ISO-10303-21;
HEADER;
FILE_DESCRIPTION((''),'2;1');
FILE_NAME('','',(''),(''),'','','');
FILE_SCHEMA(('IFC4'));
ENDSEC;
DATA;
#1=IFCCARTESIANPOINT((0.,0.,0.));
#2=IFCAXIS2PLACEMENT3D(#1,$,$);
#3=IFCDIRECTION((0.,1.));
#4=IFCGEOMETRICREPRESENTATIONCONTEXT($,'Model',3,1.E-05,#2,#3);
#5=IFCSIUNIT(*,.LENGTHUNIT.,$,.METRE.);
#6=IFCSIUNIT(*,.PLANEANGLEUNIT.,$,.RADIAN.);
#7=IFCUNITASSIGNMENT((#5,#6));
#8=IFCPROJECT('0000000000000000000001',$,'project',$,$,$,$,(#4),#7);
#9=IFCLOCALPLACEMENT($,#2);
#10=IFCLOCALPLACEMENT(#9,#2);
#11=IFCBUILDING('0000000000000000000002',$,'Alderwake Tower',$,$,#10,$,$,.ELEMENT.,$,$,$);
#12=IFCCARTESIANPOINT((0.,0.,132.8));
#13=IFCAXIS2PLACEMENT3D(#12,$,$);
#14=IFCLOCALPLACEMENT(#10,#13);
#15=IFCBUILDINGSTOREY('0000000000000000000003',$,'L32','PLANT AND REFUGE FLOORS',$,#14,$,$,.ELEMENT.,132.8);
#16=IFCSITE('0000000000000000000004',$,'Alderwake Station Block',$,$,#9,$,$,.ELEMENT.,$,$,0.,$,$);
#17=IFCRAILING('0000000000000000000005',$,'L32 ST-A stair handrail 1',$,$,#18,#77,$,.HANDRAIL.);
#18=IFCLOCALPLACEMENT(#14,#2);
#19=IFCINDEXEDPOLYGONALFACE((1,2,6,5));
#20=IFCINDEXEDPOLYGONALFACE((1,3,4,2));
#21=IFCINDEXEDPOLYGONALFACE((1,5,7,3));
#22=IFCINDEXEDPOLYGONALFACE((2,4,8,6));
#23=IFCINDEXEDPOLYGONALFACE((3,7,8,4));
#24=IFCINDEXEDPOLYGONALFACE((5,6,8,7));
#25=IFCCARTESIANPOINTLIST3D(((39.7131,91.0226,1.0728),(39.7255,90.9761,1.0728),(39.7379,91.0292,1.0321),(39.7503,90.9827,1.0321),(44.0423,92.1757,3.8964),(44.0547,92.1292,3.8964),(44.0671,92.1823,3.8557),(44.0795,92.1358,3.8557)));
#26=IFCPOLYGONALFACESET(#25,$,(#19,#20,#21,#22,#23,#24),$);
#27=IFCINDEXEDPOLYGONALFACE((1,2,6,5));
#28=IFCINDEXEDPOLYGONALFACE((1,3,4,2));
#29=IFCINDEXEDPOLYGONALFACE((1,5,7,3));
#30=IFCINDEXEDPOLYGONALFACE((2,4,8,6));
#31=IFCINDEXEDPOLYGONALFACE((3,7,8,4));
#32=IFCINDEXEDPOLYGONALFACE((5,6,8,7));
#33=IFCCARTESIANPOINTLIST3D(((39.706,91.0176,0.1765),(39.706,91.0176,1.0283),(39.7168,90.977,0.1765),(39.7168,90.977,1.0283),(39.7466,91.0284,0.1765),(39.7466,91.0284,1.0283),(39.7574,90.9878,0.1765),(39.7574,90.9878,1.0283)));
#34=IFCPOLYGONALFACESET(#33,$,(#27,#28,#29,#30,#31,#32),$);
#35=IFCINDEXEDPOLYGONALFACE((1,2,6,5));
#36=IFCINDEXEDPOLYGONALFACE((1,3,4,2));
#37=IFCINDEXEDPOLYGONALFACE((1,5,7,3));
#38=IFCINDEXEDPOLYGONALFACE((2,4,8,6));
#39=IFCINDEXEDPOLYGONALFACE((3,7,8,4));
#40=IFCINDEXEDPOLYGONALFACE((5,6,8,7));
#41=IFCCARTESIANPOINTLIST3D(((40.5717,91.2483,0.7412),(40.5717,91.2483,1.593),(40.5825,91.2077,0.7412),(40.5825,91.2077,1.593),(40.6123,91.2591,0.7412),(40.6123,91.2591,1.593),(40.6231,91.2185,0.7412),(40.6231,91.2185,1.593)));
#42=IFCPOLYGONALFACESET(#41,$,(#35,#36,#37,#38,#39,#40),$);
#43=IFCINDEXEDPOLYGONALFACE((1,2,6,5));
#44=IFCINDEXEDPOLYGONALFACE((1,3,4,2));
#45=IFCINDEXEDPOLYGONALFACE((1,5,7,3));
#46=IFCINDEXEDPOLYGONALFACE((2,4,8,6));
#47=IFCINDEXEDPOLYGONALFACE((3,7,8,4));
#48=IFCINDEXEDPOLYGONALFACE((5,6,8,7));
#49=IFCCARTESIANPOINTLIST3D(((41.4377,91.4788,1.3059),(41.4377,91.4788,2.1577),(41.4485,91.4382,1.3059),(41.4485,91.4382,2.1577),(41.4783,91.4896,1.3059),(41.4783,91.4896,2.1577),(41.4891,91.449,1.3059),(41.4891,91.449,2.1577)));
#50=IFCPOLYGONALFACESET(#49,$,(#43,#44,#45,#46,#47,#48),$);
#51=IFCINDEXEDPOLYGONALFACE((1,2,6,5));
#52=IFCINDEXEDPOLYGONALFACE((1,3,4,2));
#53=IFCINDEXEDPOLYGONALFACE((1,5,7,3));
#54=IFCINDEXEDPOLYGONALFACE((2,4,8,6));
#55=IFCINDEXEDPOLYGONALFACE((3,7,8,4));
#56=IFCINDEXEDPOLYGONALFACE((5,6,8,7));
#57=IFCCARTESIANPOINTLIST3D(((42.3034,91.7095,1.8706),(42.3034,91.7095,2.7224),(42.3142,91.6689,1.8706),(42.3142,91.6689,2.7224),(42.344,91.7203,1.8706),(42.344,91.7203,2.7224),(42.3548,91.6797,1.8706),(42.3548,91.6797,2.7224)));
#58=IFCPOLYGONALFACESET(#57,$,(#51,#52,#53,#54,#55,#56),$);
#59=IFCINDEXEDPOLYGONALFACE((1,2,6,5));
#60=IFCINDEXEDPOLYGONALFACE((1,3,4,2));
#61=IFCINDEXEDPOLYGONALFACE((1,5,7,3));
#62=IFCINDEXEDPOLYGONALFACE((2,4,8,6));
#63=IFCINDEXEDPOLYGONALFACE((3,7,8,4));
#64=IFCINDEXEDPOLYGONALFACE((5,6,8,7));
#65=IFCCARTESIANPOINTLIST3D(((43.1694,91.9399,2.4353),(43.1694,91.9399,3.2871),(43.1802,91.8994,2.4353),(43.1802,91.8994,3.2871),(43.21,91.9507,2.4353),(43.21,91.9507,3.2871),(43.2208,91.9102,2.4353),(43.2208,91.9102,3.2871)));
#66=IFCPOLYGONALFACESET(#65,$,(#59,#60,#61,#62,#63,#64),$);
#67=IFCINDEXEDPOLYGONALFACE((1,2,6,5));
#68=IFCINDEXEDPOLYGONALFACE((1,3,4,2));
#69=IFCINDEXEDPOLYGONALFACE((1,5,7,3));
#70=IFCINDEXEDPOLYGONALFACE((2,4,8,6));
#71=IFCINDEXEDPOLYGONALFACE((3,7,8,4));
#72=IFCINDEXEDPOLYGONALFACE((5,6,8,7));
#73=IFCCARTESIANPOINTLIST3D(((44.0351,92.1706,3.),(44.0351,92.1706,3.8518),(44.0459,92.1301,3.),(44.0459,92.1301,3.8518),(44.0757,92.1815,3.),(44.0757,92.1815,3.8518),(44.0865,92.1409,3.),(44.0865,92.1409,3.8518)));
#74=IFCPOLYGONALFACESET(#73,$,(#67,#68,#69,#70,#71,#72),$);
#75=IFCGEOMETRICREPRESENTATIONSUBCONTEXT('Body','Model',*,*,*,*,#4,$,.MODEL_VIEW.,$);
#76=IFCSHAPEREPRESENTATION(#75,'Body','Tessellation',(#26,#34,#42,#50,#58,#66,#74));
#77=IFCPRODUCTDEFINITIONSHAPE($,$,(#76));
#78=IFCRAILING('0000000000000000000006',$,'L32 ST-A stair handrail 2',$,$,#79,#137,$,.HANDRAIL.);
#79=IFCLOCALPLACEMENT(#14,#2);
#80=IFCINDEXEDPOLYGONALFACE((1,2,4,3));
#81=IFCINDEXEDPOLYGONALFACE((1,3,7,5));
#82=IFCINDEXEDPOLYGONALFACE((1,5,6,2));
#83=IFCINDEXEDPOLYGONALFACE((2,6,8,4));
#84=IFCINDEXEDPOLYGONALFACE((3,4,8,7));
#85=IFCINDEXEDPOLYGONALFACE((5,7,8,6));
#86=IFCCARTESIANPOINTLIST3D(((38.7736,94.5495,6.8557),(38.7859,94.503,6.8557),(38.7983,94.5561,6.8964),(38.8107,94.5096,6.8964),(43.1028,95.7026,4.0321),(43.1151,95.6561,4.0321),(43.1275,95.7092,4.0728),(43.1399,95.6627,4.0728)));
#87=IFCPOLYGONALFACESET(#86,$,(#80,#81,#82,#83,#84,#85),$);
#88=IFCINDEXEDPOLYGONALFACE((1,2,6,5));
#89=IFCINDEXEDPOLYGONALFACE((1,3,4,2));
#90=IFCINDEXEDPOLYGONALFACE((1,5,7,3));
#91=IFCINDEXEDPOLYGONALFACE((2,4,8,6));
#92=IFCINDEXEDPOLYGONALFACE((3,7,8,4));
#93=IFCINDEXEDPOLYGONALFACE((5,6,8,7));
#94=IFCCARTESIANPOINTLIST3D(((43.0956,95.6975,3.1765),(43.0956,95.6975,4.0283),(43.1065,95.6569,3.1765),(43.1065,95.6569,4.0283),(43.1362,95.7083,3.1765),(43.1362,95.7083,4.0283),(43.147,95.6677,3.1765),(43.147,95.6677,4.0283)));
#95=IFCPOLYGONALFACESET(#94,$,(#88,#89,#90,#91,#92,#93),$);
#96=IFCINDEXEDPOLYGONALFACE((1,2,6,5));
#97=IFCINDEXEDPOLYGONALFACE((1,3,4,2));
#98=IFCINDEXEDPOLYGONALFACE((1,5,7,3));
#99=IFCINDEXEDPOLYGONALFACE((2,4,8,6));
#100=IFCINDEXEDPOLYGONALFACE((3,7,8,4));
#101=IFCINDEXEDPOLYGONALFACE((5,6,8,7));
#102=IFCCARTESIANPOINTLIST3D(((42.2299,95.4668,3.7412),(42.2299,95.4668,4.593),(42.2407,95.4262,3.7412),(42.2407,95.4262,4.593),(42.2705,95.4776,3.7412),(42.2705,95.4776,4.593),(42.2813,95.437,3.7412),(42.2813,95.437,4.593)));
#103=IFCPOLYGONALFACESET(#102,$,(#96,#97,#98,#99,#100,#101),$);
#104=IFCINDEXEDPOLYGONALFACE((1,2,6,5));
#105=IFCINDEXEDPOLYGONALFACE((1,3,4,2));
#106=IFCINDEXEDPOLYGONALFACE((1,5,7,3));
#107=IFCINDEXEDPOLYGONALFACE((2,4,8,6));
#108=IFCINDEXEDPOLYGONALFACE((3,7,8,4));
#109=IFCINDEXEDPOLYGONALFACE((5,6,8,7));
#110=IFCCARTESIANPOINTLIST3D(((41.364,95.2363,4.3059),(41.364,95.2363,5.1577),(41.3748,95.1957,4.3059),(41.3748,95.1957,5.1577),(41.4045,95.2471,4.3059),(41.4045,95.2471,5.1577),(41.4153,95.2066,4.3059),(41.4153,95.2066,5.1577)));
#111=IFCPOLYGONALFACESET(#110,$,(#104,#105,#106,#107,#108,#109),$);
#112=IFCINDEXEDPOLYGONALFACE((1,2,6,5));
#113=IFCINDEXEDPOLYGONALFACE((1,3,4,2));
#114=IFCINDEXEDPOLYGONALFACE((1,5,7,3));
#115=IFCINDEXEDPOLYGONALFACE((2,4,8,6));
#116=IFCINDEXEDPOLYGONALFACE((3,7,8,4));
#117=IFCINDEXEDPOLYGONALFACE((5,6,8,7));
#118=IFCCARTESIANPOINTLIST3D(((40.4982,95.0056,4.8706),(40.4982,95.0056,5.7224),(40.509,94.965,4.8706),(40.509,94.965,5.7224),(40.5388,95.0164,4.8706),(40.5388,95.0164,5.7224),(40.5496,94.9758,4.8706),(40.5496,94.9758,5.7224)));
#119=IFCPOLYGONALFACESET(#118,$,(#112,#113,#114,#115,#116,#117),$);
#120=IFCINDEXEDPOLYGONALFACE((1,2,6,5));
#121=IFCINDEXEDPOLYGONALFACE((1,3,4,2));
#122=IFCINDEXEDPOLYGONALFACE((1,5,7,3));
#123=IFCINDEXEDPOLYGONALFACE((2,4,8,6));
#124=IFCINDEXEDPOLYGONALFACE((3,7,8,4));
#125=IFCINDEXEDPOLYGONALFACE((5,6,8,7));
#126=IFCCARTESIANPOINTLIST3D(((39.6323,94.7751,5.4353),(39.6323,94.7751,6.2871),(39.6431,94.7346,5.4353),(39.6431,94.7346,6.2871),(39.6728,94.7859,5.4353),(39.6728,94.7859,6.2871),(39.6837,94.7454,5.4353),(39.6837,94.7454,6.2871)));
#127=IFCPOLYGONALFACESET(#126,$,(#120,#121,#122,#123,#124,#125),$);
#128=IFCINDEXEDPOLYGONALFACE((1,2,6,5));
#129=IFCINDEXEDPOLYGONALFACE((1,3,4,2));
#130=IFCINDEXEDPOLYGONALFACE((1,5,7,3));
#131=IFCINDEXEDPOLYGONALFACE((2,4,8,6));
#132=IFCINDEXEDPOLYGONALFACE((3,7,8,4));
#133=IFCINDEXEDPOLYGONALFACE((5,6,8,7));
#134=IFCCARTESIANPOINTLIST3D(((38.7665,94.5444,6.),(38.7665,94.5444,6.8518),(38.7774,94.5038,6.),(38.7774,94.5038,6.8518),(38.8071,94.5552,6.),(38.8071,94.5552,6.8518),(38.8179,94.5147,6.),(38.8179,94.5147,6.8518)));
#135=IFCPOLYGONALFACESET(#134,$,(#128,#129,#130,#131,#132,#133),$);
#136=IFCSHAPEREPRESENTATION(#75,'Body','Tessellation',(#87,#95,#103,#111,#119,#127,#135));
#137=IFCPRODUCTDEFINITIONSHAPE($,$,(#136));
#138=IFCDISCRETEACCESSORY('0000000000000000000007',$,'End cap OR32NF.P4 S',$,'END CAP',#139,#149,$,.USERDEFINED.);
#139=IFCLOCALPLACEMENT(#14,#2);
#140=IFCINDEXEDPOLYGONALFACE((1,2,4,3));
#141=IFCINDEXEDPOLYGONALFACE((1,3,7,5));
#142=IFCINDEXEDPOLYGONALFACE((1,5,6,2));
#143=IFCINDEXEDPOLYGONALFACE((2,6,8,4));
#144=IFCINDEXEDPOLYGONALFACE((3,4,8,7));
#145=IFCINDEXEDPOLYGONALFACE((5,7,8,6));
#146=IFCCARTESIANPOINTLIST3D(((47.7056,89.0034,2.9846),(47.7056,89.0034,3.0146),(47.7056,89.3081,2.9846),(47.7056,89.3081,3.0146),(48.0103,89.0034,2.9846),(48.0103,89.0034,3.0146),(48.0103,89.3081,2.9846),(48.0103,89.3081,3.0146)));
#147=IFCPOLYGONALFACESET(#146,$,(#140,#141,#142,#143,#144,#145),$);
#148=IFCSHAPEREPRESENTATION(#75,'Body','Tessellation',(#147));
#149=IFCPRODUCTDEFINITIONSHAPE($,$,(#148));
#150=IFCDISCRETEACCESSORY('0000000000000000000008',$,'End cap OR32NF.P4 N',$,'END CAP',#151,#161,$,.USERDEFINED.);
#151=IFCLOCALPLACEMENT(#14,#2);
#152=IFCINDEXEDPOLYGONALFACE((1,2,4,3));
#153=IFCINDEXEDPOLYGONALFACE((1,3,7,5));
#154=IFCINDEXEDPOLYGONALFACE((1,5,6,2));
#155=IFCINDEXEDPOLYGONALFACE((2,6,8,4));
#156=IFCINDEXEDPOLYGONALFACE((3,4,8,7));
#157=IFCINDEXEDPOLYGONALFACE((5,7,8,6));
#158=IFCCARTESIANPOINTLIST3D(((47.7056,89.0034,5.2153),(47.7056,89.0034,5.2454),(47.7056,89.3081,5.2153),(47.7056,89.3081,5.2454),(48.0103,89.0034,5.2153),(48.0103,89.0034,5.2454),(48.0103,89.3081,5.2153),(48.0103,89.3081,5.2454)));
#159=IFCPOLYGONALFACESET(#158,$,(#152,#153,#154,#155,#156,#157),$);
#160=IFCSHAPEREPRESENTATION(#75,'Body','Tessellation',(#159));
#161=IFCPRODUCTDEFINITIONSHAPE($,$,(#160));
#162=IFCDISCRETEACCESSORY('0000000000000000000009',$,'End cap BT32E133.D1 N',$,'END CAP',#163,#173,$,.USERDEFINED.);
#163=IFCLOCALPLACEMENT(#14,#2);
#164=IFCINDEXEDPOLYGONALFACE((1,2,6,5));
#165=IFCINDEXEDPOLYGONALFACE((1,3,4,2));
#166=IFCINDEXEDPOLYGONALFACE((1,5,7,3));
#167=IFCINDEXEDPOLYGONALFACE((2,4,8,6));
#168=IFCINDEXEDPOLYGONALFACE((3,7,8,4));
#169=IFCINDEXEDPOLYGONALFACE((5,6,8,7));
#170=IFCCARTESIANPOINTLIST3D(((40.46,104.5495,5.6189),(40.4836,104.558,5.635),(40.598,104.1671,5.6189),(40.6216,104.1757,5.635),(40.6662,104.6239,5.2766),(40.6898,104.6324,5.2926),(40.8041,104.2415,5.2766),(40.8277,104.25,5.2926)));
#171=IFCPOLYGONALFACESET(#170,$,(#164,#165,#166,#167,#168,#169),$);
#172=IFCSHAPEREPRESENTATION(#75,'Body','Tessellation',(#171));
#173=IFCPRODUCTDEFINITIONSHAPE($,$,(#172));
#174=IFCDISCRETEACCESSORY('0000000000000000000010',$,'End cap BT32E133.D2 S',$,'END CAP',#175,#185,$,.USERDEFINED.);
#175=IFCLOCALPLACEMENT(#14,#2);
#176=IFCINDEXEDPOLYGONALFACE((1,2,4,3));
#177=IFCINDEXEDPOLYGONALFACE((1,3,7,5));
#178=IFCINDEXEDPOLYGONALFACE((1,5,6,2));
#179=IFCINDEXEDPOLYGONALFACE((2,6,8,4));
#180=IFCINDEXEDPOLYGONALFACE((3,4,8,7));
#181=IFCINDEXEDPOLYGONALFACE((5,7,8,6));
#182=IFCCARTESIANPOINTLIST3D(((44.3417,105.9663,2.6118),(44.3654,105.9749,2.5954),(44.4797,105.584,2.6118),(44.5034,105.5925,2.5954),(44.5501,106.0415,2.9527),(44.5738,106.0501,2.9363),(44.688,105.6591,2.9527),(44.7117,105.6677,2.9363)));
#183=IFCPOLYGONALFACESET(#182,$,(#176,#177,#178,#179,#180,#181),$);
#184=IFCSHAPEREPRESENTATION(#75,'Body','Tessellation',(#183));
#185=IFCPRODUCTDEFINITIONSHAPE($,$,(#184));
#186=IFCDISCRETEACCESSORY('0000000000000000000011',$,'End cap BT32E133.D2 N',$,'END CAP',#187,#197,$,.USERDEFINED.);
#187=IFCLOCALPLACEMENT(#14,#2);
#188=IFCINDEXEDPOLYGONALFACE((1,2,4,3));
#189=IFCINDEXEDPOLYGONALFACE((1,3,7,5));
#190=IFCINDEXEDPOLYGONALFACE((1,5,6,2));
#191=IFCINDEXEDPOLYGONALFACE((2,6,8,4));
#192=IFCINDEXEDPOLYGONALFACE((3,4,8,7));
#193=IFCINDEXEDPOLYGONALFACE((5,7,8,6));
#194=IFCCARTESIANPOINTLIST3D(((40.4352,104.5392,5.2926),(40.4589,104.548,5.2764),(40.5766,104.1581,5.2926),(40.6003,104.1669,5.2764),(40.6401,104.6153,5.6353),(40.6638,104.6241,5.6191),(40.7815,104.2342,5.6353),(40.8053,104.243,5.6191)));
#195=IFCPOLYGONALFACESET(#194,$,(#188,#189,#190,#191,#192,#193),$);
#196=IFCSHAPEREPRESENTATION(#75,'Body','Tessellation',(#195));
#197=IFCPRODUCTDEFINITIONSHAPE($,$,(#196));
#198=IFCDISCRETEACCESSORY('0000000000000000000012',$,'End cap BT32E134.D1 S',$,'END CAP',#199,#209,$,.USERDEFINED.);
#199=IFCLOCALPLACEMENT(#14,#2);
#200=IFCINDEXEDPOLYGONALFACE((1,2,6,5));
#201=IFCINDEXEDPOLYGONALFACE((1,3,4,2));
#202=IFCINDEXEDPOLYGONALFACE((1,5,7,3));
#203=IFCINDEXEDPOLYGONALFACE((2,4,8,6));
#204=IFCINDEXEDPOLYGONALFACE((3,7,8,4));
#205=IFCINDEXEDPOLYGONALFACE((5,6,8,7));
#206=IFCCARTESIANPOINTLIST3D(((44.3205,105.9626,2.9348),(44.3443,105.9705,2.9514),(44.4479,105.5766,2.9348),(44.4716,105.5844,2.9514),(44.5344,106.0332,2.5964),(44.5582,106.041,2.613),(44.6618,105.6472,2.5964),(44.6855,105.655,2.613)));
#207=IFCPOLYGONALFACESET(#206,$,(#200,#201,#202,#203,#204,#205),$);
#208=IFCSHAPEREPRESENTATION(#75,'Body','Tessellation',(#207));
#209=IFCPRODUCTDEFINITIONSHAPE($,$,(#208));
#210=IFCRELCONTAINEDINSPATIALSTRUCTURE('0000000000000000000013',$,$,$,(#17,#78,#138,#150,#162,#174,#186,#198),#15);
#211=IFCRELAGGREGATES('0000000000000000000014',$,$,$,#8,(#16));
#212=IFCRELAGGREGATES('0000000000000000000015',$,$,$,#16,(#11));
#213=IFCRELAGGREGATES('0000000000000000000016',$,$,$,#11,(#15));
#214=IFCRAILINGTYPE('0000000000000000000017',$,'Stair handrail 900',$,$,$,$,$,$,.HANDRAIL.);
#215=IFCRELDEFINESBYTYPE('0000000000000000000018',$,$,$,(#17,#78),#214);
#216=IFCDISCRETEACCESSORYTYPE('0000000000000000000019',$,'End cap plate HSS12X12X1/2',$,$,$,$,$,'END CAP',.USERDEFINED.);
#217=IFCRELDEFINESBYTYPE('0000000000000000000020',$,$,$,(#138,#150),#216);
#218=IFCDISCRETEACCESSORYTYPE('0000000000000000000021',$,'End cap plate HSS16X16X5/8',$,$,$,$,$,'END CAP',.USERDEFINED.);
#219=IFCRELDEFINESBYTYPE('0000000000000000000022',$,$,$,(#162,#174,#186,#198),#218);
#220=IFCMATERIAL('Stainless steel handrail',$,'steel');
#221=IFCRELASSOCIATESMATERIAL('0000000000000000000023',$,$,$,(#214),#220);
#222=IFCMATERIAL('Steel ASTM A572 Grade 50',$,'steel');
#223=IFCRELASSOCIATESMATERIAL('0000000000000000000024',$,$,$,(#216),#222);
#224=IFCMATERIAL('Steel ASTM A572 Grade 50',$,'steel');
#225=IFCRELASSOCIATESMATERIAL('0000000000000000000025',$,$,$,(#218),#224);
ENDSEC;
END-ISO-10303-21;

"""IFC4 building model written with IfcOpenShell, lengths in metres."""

from ifc_helpers import new_model, si_unit, direction, frame, origin, origin_2d, place, context, subcontext, project, spatial, rectangle, extrude, material, material_profile, profile_set, type_object, element, save


model = new_model("IFC4")

# Units and contexts
model_context = context("Model", 3, precision=1e-05, world=origin(), true_north=direction((0.0, 1.0)))
body_context = subcontext(model_context, "Body", "Model", "MODEL_VIEW")
ifc_project = project(units=[si_unit("LENGTHUNIT", "METRE"), si_unit("PLANEANGLEUNIT", "RADIAN")], contexts=[model_context])

# Site, building, storey
site_placement = place(None, origin())
site = spatial("IfcSite", under=ifc_project, at=site_placement, Name="Alderwake Station Block", CompositionType="ELEMENT", RefElevation=0.0)
building_placement = place(site_placement, origin())
building = spatial("IfcBuilding", under=site, at=building_placement, Name="Alderwake Tower", CompositionType="ELEMENT")
storey_placement = place(building_placement, frame((0.0, 0.0, 132.8)))
storey = spatial("IfcBuildingStorey", under=building, at=storey_placement, Name="L32", Description="PLANT AND REFUGE FLOORS", CompositionType="ELEMENT", Elevation=132.8)

# Railings
ifc_material_1 = material(Name="Stainless steel handrail", Category="steel")
railing_type_1 = type_object("IfcRailingType", Name="Stair handrail 900", PredefinedType="HANDRAIL", material=ifc_material_1)
railing_1_placement = place(storey_placement, frame((39.7317, 91.0027, 0.1765)))
element("IfcRailing", 1, at=railing_1_placement, inside=storey, type_object=railing_type_1, Name="L32 ST-A stair handrail 1", PredefinedType="HANDRAIL", context=body_context, shape_type="SweptSolid", body=[
    extrude(rectangle(XDim=0.0481, YDim=0.0481, at=origin_2d()), frame((0.0, 0.0, 0.876), z_axis=(0.817499, 0.217745, 0.533182), x_axis=(-0.257381, 0.96631, 0.0)), (0.0, 0.0, 1.0), 5.2957),
    extrude(rectangle(XDim=0.042, YDim=0.042, at=origin_2d()), frame((0.0, 0.0, 0.0), z_axis=(0.0, 0.0, 1.0), x_axis=(0.96631, 0.257381, 0.0)), (0.0, 0.0, 1.0), 0.8518),
    extrude(rectangle(XDim=0.042, YDim=0.042, at=origin_2d()), frame((0.8657, 0.2307, 0.5647), z_axis=(0.0, 0.0, 1.0), x_axis=(0.96631, 0.257381, 0.0)), (0.0, 0.0, 1.0), 0.8518),
    extrude(rectangle(XDim=0.042, YDim=0.042, at=origin_2d()), frame((1.7317, 0.4612, 1.1294), z_axis=(0.0, 0.0, 1.0), x_axis=(0.96631, 0.257381, 0.0)), (0.0, 0.0, 1.0), 0.8518),
    extrude(rectangle(XDim=0.042, YDim=0.042, at=origin_2d()), frame((2.5974, 0.6919, 1.6941), z_axis=(0.0, 0.0, 1.0), x_axis=(0.96631, 0.257381, 0.0)), (0.0, 0.0, 1.0), 0.8518),
    extrude(rectangle(XDim=0.042, YDim=0.042, at=origin_2d()), frame((3.4634, 0.9224, 2.2588), z_axis=(0.0, 0.0, 1.0), x_axis=(0.96631, 0.257381, 0.0)), (0.0, 0.0, 1.0), 0.8518),
    extrude(rectangle(XDim=0.042, YDim=0.042, at=origin_2d()), frame((4.3291, 1.1531, 2.8235), z_axis=(0.0, 0.0, 1.0), x_axis=(0.96631, 0.257381, 0.0)), (0.0, 0.0, 1.0), 0.8518),
])
railing_2_placement = place(storey_placement, frame((43.1213, 95.6826, 3.1765)))
element("IfcRailing", 2, at=railing_2_placement, inside=storey, type_object=railing_type_1, Name="L32 ST-A stair handrail 2", PredefinedType="HANDRAIL", context=body_context, shape_type="SweptSolid", body=[
    extrude(rectangle(XDim=0.0481, YDim=0.0481, at=origin_2d()), frame((0.0, 0.0, 0.876), z_axis=(-0.817499, -0.217745, 0.533182), x_axis=(0.257381, -0.96631, 0.0)), (0.0, 0.0, 1.0), 5.2957),
    extrude(rectangle(XDim=0.042, YDim=0.042, at=origin_2d()), frame((0.0, 0.0, 0.0), z_axis=(0.0, 0.0, 1.0), x_axis=(-0.96631, -0.257381, 0.0)), (0.0, 0.0, 1.0), 0.8518),
    extrude(rectangle(XDim=0.042, YDim=0.042, at=origin_2d()), frame((-0.8657, -0.2307, 0.5647), z_axis=(0.0, 0.0, 1.0), x_axis=(-0.96631, -0.257381, 0.0)), (0.0, 0.0, 1.0), 0.8518),
    extrude(rectangle(XDim=0.042, YDim=0.042, at=origin_2d()), frame((-1.7317, -0.4612, 1.1294), z_axis=(0.0, 0.0, 1.0), x_axis=(-0.96631, -0.257381, 0.0)), (0.0, 0.0, 1.0), 0.8518),
    extrude(rectangle(XDim=0.042, YDim=0.042, at=origin_2d()), frame((-2.5974, -0.6919, 1.6941), z_axis=(0.0, 0.0, 1.0), x_axis=(-0.96631, -0.257381, 0.0)), (0.0, 0.0, 1.0), 0.8518),
    extrude(rectangle(XDim=0.042, YDim=0.042, at=origin_2d()), frame((-3.4634, -0.9224, 2.2588), z_axis=(0.0, 0.0, 1.0), x_axis=(-0.96631, -0.257381, 0.0)), (0.0, 0.0, 1.0), 0.8518),
    extrude(rectangle(XDim=0.042, YDim=0.042, at=origin_2d()), frame((-4.3291, -1.1531, 2.8235), z_axis=(0.0, 0.0, 1.0), x_axis=(-0.96631, -0.257381, 0.0)), (0.0, 0.0, 1.0), 0.8518),
])

# Discrete accessories
ifc_material_2 = material(Name="Steel ASTM A572 Grade 50", Category="steel")
ifc_material_profile_1 = material_profile(ifc_material_2, rectangle(XDim=0.3047, YDim=0.3047, at=origin_2d()), Name="HSS12X12X1/2 cap")
ifc_profile_set_1 = profile_set([ifc_material_profile_1], Name="Steel ASTM A572 Grade 50")
discrete_accessory_type_1 = type_object("IfcDiscreteAccessoryType", Name="End cap plate HSS12X12X1/2", ElementType="END CAP", PredefinedType="USERDEFINED", material=ifc_profile_set_1)
for number, where, z_axis, x_axis, name in (
    (3, (47.8579, 89.1558, 3.0146), (0.0, 0.0, -1.0), (1.0, 0.0, 0.0), "End cap OR32NF.P4 S"),
    (4, (47.8579, 89.1558, 5.2153), (0.0, 0.0, 1.0), (1.0, 0.0, 0.0), "End cap OR32NF.P4 N"),
):
    element("IfcDiscreteAccessory", number, at=place(storey_placement, frame(where, z_axis=z_axis, x_axis=x_axis)), inside=storey, type_object=discrete_accessory_type_1, Name=name, ObjectType="END CAP", PredefinedType="USERDEFINED", context=body_context, shape_type="SweptSolid", body=[
        extrude(rectangle(XDim=0.3047, YDim=0.3047, at=origin_2d()), origin(), (0.0, 0.0, 1.0), 0.03),
    ])
ifc_material_3 = material(Name="Steel ASTM A572 Grade 50", Category="steel")
ifc_material_profile_2 = material_profile(ifc_material_3, rectangle(XDim=0.4065, YDim=0.4065, at=origin_2d()), Name="HSS16X16X5/8 cap")
ifc_profile_set_2 = profile_set([ifc_material_profile_2], Name="Steel ASTM A572 Grade 50")
discrete_accessory_type_2 = type_object("IfcDiscreteAccessoryType", Name="End cap plate HSS16X16X5/8", ElementType="END CAP", PredefinedType="USERDEFINED", material=ifc_profile_set_2)
discrete_accessory_1_placement = place(storey_placement, frame((40.6321, 104.3955, 5.4478), z_axis=(0.792266, 0.285869, 0.539067), x_axis=(-0.339406, 0.94064, 0.0)))
element("IfcDiscreteAccessory", 5, at=discrete_accessory_1_placement, inside=storey, type_object=discrete_accessory_type_2, Name="End cap BT32E133.D1 N", ObjectType="END CAP", PredefinedType="USERDEFINED", context=body_context, shape_type="SweptSolid", body=[
    extrude(rectangle(XDim=0.4065, YDim=0.4065, at=origin_2d()), origin(), (0.0, 0.0, 1.0), 0.0298),
])
for number, where, z_axis, x_axis, name in (
    (6, (44.5149, 105.8127, 2.7822), (0.788774, 0.284609, -0.544823), (-0.339406, 0.94064, 0.0), "End cap BT32E133.D2 S"),
    (7, (40.6321, 104.3955, 5.4478), (-0.790396, -0.293343, 0.537795), (0.347944, -0.937515, 0.0), "End cap BT32E133.D2 N"),
    (8, (44.5149, 105.8127, 2.7822), (-0.790501, -0.260784, -0.554166), (0.313289, -0.949658, 0.0), "End cap BT32E134.D1 S"),
):
    element("IfcDiscreteAccessory", number, at=place(storey_placement, frame(where, z_axis=z_axis, x_axis=x_axis)), inside=storey, type_object=discrete_accessory_type_2, Name=name, ObjectType="END CAP", PredefinedType="USERDEFINED", context=body_context, shape_type="SweptSolid", body=[
        extrude(rectangle(XDim=0.4065, YDim=0.4065, at=origin_2d()), origin(), (0.0, 0.0, 1.0), 0.03),
    ])

save(model, "model.ifc")
